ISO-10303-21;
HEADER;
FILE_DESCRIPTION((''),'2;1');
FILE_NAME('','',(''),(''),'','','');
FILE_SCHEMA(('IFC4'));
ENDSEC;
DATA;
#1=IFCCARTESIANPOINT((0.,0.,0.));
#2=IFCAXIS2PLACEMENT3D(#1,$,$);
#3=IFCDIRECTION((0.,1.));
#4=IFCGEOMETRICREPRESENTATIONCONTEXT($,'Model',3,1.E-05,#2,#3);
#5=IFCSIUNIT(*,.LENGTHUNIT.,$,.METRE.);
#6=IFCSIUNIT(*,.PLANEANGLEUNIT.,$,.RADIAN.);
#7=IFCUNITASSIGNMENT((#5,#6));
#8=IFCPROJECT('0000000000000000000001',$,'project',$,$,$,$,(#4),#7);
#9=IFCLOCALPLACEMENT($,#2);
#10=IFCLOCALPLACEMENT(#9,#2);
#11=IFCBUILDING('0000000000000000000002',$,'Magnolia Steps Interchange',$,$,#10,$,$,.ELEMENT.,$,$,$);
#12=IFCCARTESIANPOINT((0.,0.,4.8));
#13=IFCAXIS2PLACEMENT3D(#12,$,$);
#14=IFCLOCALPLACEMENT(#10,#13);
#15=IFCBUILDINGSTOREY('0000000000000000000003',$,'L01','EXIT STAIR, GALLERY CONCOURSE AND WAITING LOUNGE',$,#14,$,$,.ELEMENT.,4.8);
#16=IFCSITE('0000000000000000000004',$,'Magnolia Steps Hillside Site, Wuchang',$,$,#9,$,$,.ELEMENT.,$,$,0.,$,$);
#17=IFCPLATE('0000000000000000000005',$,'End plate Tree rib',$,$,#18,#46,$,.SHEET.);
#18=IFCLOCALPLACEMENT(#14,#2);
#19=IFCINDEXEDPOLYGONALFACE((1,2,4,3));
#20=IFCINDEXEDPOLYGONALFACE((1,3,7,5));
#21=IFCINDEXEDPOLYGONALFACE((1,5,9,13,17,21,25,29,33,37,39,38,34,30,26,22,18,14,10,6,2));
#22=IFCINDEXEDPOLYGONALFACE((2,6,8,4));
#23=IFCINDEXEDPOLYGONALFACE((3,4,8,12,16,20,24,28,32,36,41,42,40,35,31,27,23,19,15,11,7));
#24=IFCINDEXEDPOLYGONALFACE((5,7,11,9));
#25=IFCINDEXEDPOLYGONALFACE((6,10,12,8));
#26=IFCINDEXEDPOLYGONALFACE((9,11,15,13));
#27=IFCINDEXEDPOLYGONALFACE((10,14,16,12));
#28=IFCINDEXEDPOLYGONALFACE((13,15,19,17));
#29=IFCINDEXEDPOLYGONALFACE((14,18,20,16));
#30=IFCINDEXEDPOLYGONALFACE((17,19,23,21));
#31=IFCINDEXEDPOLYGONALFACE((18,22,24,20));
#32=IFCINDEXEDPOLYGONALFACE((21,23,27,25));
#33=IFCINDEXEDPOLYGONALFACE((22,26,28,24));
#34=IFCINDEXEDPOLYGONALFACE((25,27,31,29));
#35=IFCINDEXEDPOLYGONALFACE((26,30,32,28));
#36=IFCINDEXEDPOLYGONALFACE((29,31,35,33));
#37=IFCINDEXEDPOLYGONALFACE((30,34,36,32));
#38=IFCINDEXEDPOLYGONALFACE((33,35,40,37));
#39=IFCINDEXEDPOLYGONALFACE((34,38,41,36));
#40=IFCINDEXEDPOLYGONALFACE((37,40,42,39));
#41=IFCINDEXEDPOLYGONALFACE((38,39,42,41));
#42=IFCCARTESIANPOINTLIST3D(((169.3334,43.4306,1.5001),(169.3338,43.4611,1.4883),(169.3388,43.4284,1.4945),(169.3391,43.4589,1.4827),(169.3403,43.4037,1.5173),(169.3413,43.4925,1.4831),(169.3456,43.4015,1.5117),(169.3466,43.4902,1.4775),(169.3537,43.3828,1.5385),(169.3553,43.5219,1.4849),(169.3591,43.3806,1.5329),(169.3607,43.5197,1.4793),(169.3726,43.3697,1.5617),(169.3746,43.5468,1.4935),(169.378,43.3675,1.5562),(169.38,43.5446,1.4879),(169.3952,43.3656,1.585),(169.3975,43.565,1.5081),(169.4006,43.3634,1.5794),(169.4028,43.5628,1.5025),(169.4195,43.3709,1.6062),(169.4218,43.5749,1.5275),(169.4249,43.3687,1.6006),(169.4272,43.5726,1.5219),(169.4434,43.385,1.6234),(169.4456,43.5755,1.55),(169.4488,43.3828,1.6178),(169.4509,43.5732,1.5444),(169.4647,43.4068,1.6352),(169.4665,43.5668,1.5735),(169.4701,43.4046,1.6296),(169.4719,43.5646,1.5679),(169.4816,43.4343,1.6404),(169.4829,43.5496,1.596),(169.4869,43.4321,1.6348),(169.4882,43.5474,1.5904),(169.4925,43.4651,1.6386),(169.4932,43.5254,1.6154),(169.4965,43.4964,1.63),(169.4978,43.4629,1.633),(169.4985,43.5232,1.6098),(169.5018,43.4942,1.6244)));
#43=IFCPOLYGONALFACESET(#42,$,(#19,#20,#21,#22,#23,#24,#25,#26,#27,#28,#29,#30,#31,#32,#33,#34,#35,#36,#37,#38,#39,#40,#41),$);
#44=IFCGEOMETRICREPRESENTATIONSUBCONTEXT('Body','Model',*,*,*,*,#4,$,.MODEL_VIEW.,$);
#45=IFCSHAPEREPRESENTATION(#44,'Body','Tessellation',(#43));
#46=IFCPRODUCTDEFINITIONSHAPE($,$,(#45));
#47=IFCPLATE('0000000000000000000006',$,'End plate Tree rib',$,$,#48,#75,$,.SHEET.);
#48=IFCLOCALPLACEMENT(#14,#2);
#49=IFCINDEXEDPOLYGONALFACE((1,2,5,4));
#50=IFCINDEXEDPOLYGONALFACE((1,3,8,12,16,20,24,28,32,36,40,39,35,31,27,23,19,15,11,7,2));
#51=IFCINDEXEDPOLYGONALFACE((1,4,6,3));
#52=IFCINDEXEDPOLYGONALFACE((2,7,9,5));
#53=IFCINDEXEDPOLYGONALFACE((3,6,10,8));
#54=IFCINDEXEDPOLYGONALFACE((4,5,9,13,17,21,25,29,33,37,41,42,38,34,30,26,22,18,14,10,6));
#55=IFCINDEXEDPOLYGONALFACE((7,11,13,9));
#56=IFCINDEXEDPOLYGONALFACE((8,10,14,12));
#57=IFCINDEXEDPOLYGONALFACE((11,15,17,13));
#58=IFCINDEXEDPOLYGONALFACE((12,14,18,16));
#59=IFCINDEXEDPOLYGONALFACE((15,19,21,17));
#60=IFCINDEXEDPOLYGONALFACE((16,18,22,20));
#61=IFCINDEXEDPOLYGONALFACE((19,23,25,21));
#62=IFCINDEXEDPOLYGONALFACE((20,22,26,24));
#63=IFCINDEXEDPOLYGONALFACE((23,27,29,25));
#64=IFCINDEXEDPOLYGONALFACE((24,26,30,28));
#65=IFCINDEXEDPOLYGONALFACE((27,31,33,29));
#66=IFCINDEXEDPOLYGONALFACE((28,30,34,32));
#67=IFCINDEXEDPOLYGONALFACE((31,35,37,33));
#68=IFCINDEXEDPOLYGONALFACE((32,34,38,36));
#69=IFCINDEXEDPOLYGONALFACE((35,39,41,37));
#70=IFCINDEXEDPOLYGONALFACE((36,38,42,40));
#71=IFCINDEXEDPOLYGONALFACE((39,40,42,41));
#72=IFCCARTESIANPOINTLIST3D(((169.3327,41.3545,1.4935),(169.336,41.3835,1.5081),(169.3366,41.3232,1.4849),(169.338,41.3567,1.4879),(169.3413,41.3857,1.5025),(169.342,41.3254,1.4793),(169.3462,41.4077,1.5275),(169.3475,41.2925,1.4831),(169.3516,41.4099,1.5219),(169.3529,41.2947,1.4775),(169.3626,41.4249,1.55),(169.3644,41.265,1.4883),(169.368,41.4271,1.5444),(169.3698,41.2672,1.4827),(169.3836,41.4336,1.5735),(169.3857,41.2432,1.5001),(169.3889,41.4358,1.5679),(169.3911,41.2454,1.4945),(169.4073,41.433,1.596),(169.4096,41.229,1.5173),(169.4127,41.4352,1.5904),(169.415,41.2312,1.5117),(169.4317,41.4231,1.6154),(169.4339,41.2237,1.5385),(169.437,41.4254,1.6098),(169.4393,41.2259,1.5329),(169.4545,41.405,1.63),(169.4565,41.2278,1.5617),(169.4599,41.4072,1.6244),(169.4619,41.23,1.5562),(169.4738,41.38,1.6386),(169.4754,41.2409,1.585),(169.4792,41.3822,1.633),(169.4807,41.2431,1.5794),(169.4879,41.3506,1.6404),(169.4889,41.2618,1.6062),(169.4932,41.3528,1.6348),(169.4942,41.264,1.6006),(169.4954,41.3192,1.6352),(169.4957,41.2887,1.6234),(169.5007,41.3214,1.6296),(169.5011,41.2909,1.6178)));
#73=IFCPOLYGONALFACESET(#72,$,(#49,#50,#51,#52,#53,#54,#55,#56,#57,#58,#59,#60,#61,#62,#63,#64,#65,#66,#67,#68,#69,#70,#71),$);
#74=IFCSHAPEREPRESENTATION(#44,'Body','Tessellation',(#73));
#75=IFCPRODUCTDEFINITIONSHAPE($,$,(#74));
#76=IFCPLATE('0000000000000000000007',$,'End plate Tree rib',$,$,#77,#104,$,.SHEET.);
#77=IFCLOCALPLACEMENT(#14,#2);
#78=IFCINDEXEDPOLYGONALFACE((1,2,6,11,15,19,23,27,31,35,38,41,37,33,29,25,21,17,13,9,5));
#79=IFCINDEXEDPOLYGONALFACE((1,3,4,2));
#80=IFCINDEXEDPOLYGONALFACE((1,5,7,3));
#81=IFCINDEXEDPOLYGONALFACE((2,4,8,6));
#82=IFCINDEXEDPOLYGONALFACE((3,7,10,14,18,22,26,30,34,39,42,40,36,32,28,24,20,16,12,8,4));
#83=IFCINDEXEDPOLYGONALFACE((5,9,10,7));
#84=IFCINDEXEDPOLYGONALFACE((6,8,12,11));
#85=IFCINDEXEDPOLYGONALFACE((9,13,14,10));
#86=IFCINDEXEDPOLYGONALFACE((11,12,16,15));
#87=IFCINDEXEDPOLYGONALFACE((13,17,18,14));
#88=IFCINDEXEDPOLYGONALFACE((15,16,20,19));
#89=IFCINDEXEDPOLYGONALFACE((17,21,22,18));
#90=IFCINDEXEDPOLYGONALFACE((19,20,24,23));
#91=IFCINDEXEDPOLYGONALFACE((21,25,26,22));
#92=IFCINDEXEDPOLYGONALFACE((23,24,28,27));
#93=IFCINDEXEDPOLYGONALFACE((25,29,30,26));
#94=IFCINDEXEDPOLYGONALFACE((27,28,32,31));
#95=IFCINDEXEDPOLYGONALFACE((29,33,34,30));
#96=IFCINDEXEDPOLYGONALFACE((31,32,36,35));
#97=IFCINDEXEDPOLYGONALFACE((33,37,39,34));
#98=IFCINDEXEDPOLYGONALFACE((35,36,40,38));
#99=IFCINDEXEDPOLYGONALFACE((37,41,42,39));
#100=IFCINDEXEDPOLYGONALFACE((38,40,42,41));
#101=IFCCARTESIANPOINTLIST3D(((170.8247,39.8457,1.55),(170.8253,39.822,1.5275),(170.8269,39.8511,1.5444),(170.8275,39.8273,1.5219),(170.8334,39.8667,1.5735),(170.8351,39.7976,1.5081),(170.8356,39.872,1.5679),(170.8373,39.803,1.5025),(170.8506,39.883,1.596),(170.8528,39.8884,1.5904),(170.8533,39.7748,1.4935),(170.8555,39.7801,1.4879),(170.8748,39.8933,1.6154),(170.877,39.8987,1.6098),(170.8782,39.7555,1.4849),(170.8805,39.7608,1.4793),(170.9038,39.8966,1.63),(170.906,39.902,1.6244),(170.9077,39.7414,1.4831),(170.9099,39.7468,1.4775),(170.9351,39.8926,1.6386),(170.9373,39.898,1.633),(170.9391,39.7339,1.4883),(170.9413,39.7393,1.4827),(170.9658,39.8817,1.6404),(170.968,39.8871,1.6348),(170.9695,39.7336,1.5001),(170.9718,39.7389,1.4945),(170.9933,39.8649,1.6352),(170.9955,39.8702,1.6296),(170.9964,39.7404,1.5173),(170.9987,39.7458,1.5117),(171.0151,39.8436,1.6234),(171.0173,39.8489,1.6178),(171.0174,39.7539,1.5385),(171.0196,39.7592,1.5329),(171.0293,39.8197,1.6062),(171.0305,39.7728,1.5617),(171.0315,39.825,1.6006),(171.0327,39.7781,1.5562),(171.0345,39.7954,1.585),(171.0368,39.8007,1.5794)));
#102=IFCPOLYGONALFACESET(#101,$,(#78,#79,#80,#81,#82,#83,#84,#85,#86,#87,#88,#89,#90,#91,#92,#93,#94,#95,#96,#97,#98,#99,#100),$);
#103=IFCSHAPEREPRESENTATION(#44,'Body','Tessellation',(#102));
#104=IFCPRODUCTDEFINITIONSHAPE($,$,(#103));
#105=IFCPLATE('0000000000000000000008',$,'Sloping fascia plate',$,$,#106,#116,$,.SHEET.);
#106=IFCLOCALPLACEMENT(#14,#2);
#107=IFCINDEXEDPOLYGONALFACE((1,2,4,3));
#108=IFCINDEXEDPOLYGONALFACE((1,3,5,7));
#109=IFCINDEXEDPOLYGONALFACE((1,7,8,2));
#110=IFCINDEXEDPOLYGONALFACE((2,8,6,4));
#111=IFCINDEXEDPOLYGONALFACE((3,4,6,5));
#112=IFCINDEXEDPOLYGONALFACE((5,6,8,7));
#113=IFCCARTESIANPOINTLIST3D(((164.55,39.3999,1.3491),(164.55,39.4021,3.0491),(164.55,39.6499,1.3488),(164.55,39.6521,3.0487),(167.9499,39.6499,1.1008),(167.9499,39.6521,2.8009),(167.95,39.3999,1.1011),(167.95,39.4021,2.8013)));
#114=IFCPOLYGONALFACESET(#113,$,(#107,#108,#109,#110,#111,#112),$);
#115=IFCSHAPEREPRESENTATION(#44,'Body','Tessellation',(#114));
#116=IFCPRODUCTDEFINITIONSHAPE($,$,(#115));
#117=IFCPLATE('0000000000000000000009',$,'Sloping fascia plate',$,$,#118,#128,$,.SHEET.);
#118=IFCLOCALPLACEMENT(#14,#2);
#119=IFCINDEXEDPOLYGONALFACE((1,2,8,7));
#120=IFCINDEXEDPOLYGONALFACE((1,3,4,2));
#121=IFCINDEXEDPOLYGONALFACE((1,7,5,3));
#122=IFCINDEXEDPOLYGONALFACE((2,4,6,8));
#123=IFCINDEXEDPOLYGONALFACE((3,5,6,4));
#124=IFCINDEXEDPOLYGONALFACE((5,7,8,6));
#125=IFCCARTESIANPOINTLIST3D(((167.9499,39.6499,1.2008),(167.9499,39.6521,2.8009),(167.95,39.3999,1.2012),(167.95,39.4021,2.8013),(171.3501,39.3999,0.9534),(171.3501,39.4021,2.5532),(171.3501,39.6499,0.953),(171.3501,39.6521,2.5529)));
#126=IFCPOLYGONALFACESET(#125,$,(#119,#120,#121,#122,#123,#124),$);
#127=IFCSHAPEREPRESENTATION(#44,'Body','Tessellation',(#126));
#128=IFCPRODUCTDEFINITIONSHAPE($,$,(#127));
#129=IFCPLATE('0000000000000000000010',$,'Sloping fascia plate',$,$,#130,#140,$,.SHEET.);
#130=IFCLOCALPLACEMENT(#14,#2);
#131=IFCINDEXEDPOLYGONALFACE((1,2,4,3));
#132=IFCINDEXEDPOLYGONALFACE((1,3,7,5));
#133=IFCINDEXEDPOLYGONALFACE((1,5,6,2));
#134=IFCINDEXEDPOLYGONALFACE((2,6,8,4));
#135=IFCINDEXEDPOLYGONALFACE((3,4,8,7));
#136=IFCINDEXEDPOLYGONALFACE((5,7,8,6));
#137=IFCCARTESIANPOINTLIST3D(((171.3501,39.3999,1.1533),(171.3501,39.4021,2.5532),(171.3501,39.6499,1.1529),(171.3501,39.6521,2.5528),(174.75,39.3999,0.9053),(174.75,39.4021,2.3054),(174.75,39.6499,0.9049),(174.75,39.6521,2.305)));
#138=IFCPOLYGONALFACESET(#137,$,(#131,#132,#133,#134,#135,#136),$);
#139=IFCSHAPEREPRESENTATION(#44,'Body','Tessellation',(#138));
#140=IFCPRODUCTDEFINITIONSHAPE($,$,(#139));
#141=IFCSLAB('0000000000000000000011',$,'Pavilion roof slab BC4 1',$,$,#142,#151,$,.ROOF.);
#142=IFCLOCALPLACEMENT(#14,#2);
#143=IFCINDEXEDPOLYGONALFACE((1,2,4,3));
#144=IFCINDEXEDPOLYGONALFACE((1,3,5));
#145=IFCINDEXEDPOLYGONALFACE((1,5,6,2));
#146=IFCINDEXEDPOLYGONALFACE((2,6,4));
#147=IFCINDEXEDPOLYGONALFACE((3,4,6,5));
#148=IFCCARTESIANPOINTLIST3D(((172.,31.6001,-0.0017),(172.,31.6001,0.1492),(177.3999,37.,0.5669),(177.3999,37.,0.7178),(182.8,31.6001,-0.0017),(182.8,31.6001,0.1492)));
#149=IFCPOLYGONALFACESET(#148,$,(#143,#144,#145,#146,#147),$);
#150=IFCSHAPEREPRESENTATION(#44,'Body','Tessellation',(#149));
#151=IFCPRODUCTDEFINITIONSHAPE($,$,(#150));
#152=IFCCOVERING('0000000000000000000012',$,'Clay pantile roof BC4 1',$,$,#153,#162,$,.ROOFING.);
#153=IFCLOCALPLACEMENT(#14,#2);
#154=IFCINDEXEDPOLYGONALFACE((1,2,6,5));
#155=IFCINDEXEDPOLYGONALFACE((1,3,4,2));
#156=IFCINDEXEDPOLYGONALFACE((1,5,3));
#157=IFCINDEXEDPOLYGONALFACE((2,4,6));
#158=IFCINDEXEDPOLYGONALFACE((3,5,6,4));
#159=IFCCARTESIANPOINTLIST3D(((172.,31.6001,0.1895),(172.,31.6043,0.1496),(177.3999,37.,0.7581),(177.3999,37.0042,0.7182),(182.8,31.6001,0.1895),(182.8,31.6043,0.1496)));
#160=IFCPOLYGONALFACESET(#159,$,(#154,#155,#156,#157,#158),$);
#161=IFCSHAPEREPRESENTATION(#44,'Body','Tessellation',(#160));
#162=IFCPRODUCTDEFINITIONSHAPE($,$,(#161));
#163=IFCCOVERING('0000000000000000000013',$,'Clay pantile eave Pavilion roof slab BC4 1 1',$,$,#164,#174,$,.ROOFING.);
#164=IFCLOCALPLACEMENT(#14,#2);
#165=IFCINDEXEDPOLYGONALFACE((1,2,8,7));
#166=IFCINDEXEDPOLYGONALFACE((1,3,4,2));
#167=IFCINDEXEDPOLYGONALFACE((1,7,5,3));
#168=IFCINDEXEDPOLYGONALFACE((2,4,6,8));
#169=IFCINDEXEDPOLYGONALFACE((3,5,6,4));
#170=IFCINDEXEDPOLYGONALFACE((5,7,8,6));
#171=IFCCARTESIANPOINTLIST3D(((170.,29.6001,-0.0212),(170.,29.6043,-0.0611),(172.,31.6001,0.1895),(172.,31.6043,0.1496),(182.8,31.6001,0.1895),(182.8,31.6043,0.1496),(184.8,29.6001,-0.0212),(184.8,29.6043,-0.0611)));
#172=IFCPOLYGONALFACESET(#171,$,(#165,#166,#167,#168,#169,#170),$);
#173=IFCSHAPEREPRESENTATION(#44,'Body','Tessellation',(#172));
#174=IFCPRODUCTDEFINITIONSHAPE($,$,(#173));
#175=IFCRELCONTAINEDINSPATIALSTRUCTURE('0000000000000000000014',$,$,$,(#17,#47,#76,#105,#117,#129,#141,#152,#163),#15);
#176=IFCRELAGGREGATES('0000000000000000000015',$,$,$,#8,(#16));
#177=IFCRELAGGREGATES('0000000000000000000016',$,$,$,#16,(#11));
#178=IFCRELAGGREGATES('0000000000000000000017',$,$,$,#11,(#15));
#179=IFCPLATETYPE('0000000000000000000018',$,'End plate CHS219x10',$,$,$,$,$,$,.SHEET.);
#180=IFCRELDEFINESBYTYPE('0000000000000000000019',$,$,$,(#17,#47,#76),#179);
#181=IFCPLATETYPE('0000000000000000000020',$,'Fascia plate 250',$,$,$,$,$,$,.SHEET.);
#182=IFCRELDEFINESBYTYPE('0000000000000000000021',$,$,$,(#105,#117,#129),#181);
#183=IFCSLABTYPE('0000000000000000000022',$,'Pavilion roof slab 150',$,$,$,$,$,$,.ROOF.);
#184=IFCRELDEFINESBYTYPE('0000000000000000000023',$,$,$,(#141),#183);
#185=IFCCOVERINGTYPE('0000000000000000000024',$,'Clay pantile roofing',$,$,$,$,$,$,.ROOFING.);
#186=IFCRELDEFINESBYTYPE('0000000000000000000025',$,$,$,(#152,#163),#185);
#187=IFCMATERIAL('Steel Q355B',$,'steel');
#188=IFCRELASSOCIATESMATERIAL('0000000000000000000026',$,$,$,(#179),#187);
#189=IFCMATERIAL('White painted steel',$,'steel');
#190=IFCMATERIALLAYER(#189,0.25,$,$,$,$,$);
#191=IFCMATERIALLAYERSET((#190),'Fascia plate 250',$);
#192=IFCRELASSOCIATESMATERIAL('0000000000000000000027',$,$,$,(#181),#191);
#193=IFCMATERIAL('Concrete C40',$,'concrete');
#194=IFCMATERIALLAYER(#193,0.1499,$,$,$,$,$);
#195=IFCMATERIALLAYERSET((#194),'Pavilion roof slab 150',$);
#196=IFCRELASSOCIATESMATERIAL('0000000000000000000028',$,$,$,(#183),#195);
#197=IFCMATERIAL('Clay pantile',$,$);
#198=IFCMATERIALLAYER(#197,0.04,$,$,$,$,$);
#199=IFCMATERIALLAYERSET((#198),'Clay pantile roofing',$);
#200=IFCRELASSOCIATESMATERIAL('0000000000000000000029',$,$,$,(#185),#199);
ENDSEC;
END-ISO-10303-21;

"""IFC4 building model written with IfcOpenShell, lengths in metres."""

from ifc_helpers import new_model, si_unit, direction, frame, origin, origin_2d, place, context, subcontext, project, spatial, polyline, circle, outline, extrude, material, layer, layer_set, material_profile, profile_set, type_object, element, save


model = new_model("IFC4")

# Units and contexts
model_context = context("Model", 3, precision=1e-05, world=origin(), true_north=direction((0.0, 1.0)))
body_context = subcontext(model_context, "Body", "Model", "MODEL_VIEW")
ifc_project = project(units=[si_unit("LENGTHUNIT", "METRE"), si_unit("PLANEANGLEUNIT", "RADIAN")], contexts=[model_context])

# Site, building, storey
site_placement = place(None, origin())
site = spatial("IfcSite", under=ifc_project, at=site_placement, Name="Magnolia Steps Hillside Site, Wuchang", CompositionType="ELEMENT", RefElevation=0.0)
building_placement = place(site_placement, origin())
building = spatial("IfcBuilding", under=site, at=building_placement, Name="Magnolia Steps Interchange", CompositionType="ELEMENT")
storey_placement = place(building_placement, frame((0.0, 0.0, 4.8)))
storey = spatial("IfcBuildingStorey", under=building, at=storey_placement, Name="L01", Description="EXIT STAIR, GALLERY CONCOURSE AND WAITING LOUNGE", CompositionType="ELEMENT", Elevation=4.8)

# Plates
ifc_material_1 = material(Name="Steel Q355B", Category="steel")
ifc_material_profile_1 = material_profile(ifc_material_1, circle(Radius=0.1096, at=origin_2d()), Name="End plate CHS219x10")
ifc_profile_set_1 = profile_set([ifc_material_profile_1], Name="Steel Q355B")
plate_type_1 = type_object("IfcPlateType", Name="End plate CHS219x10", PredefinedType="SHEET", material=ifc_profile_set_1)
for number, where, z_axis, x_axis, name in (
    (1, (169.4199, 43.4688, 1.5562), (-0.664583, 0.275279, 0.694658), (-0.382683, -0.92388, 0.0), "End plate Tree rib"),
    (2, (169.4199, 41.3313, 1.5562), (-0.664583, -0.275279, 0.694658), (0.382683, -0.92388, 0.0), "End plate Tree rib"),
    (3, (170.9314, 39.8201, 1.5562), (-0.275279, -0.664583, 0.694658), (0.92388, -0.382683, 0.0), "End plate Tree rib"),
):
    element("IfcPlate", number, at=place(storey_placement, frame(where, z_axis=z_axis, x_axis=x_axis)), inside=storey, type_object=plate_type_1, Name=name, PredefinedType="SHEET", context=body_context, shape_type="SweptSolid", body=[
        extrude(circle(Radius=0.1096, at=origin_2d()), origin(), (0.0, 0.0, 1.0), 0.0081),
    ])
ifc_material_2 = material(Name="White painted steel", Category="steel")
ifc_layer_1 = layer(ifc_material_2, 0.25)
ifc_layer_set_1 = layer_set([ifc_layer_1], Name="Fascia plate 250")
plate_type_2 = type_object("IfcPlateType", Name="Fascia plate 250", PredefinedType="SHEET", material=ifc_layer_set_1)
plate_1_placement = place(storey_placement, frame((164.55, 39.3999, 1.3491), z_axis=(0.000094, -0.999999, 0.001292), x_axis=(0.997349, 0.0, -0.072764)))
element("IfcPlate", 4, at=plate_1_placement, inside=storey, type_object=plate_type_2, Name="Sloping fascia plate", PredefinedType="SHEET", context=body_context, shape_type="SweptSolid", body=[
    extrude(outline(polyline([(0.0, 0.0), (3.4089, 0.0), (3.2852, 1.6957), (-0.1237, 1.6954), (0.0, 0.0)])), origin(), (0.0, 0.0, -1.0), 0.25),
])
plate_2_placement = place(storey_placement, frame((167.95, 39.3999, 1.2012), z_axis=(0.0001, -0.999999, 0.001373), x_axis=(0.997355, 0.0, -0.072687)))
element("IfcPlate", 5, at=plate_2_placement, inside=storey, type_object=plate_type_2, Name="Sloping fascia plate", PredefinedType="SHEET", context=body_context, shape_type="SweptSolid", body=[
    extrude(outline(polyline([(0.0, 0.0), (3.4092, 0.0), (3.2929, 1.5956), (-0.1163, 1.5959), (0.0, 0.0)])), origin(), (0.0, 0.0, -1.0), 0.25),
])
plate_3_placement = place(storey_placement, frame((171.3501, 39.3999, 1.1533), z_axis=(0.000114, -0.999999, 0.001569), x_axis=(0.997349, 0.0, -0.072764)))
element("IfcPlate", 6, at=plate_3_placement, inside=storey, type_object=plate_type_2, Name="Sloping fascia plate", PredefinedType="SHEET", context=body_context, shape_type="SweptSolid", body=[
    extrude(outline(polyline([(0.0, 0.0), (3.4089, 0.0), (3.3071, 1.3964), (-0.1019, 1.3962), (0.0, 0.0)])), origin(), (0.0, 0.0, -1.0), 0.25),
])

# Slab
ifc_material_3 = material(Name="Concrete C40", Category="concrete")
ifc_layer_2 = layer(ifc_material_3, 0.1499)
ifc_layer_set_2 = layer_set([ifc_layer_2], Name="Pavilion roof slab 150")
slab_type_1 = type_object("IfcSlabType", Name="Pavilion roof slab 150", PredefinedType="ROOF", material=ifc_layer_set_2)
slab_1_placement = place(storey_placement, frame((172.0, 31.6001, 0.1492), z_axis=(0.0, -0.10472, 0.994502), x_axis=(1.0, 0.0, 0.0)))
element("IfcSlab", 7, at=slab_1_placement, inside=storey, type_object=slab_type_1, Name="Pavilion roof slab BC4 1", PredefinedType="ROOF", context=body_context, shape_type="SweptSolid", body=[
    extrude(outline(polyline([(0.0, 0.0), (10.8, 0.0), (5.3999, 5.4298), (0.0, 0.0)])), origin(), (0.0, -0.10472, -0.994502), 0.1509),
])

# Coverings
ifc_material_4 = material(Name="Clay pantile")
ifc_layer_3 = layer(ifc_material_4, 0.04)
ifc_layer_set_3 = layer_set([ifc_layer_3], Name="Clay pantile roofing")
covering_type = type_object("IfcCoveringType", Name="Clay pantile roofing", PredefinedType="ROOFING", material=ifc_layer_set_3)
covering_1_placement = place(storey_placement, frame((172.0, 31.6001, 0.1895), z_axis=(0.0, -0.10472, 0.994502), x_axis=(1.0, 0.0, 0.0)))
element("IfcCovering", 8, at=covering_1_placement, inside=storey, type_object=covering_type, Name="Clay pantile roof BC4 1", PredefinedType="ROOFING", context=body_context, shape_type="SweptSolid", body=[
    extrude(outline(polyline([(0.0, 0.0), (10.8, 0.0), (5.3999, 5.4298), (0.0, 0.0)])), origin(), (0.0, 0.0, -1.0), 0.04),
])
covering_2_placement = place(storey_placement, frame((172.0, 31.6001, 0.1895), z_axis=(0.0, -0.104767, 0.994497), x_axis=(1.0, 0.0, 0.0)))
element("IfcCovering", 9, at=covering_2_placement, inside=storey, type_object=covering_type, Name="Clay pantile eave Pavilion roof slab BC4 1 1", PredefinedType="ROOFING", context=body_context, shape_type="SweptSolid", body=[
    extrude(outline(polyline([(0.0, 0.0), (10.8, 0.0), (12.8, -2.0111), (-2.0, -2.0111), (0.0, 0.0)])), origin(), (0.0, 0.0, -1.0), 0.04),
])

save(model, "model.ifc")
